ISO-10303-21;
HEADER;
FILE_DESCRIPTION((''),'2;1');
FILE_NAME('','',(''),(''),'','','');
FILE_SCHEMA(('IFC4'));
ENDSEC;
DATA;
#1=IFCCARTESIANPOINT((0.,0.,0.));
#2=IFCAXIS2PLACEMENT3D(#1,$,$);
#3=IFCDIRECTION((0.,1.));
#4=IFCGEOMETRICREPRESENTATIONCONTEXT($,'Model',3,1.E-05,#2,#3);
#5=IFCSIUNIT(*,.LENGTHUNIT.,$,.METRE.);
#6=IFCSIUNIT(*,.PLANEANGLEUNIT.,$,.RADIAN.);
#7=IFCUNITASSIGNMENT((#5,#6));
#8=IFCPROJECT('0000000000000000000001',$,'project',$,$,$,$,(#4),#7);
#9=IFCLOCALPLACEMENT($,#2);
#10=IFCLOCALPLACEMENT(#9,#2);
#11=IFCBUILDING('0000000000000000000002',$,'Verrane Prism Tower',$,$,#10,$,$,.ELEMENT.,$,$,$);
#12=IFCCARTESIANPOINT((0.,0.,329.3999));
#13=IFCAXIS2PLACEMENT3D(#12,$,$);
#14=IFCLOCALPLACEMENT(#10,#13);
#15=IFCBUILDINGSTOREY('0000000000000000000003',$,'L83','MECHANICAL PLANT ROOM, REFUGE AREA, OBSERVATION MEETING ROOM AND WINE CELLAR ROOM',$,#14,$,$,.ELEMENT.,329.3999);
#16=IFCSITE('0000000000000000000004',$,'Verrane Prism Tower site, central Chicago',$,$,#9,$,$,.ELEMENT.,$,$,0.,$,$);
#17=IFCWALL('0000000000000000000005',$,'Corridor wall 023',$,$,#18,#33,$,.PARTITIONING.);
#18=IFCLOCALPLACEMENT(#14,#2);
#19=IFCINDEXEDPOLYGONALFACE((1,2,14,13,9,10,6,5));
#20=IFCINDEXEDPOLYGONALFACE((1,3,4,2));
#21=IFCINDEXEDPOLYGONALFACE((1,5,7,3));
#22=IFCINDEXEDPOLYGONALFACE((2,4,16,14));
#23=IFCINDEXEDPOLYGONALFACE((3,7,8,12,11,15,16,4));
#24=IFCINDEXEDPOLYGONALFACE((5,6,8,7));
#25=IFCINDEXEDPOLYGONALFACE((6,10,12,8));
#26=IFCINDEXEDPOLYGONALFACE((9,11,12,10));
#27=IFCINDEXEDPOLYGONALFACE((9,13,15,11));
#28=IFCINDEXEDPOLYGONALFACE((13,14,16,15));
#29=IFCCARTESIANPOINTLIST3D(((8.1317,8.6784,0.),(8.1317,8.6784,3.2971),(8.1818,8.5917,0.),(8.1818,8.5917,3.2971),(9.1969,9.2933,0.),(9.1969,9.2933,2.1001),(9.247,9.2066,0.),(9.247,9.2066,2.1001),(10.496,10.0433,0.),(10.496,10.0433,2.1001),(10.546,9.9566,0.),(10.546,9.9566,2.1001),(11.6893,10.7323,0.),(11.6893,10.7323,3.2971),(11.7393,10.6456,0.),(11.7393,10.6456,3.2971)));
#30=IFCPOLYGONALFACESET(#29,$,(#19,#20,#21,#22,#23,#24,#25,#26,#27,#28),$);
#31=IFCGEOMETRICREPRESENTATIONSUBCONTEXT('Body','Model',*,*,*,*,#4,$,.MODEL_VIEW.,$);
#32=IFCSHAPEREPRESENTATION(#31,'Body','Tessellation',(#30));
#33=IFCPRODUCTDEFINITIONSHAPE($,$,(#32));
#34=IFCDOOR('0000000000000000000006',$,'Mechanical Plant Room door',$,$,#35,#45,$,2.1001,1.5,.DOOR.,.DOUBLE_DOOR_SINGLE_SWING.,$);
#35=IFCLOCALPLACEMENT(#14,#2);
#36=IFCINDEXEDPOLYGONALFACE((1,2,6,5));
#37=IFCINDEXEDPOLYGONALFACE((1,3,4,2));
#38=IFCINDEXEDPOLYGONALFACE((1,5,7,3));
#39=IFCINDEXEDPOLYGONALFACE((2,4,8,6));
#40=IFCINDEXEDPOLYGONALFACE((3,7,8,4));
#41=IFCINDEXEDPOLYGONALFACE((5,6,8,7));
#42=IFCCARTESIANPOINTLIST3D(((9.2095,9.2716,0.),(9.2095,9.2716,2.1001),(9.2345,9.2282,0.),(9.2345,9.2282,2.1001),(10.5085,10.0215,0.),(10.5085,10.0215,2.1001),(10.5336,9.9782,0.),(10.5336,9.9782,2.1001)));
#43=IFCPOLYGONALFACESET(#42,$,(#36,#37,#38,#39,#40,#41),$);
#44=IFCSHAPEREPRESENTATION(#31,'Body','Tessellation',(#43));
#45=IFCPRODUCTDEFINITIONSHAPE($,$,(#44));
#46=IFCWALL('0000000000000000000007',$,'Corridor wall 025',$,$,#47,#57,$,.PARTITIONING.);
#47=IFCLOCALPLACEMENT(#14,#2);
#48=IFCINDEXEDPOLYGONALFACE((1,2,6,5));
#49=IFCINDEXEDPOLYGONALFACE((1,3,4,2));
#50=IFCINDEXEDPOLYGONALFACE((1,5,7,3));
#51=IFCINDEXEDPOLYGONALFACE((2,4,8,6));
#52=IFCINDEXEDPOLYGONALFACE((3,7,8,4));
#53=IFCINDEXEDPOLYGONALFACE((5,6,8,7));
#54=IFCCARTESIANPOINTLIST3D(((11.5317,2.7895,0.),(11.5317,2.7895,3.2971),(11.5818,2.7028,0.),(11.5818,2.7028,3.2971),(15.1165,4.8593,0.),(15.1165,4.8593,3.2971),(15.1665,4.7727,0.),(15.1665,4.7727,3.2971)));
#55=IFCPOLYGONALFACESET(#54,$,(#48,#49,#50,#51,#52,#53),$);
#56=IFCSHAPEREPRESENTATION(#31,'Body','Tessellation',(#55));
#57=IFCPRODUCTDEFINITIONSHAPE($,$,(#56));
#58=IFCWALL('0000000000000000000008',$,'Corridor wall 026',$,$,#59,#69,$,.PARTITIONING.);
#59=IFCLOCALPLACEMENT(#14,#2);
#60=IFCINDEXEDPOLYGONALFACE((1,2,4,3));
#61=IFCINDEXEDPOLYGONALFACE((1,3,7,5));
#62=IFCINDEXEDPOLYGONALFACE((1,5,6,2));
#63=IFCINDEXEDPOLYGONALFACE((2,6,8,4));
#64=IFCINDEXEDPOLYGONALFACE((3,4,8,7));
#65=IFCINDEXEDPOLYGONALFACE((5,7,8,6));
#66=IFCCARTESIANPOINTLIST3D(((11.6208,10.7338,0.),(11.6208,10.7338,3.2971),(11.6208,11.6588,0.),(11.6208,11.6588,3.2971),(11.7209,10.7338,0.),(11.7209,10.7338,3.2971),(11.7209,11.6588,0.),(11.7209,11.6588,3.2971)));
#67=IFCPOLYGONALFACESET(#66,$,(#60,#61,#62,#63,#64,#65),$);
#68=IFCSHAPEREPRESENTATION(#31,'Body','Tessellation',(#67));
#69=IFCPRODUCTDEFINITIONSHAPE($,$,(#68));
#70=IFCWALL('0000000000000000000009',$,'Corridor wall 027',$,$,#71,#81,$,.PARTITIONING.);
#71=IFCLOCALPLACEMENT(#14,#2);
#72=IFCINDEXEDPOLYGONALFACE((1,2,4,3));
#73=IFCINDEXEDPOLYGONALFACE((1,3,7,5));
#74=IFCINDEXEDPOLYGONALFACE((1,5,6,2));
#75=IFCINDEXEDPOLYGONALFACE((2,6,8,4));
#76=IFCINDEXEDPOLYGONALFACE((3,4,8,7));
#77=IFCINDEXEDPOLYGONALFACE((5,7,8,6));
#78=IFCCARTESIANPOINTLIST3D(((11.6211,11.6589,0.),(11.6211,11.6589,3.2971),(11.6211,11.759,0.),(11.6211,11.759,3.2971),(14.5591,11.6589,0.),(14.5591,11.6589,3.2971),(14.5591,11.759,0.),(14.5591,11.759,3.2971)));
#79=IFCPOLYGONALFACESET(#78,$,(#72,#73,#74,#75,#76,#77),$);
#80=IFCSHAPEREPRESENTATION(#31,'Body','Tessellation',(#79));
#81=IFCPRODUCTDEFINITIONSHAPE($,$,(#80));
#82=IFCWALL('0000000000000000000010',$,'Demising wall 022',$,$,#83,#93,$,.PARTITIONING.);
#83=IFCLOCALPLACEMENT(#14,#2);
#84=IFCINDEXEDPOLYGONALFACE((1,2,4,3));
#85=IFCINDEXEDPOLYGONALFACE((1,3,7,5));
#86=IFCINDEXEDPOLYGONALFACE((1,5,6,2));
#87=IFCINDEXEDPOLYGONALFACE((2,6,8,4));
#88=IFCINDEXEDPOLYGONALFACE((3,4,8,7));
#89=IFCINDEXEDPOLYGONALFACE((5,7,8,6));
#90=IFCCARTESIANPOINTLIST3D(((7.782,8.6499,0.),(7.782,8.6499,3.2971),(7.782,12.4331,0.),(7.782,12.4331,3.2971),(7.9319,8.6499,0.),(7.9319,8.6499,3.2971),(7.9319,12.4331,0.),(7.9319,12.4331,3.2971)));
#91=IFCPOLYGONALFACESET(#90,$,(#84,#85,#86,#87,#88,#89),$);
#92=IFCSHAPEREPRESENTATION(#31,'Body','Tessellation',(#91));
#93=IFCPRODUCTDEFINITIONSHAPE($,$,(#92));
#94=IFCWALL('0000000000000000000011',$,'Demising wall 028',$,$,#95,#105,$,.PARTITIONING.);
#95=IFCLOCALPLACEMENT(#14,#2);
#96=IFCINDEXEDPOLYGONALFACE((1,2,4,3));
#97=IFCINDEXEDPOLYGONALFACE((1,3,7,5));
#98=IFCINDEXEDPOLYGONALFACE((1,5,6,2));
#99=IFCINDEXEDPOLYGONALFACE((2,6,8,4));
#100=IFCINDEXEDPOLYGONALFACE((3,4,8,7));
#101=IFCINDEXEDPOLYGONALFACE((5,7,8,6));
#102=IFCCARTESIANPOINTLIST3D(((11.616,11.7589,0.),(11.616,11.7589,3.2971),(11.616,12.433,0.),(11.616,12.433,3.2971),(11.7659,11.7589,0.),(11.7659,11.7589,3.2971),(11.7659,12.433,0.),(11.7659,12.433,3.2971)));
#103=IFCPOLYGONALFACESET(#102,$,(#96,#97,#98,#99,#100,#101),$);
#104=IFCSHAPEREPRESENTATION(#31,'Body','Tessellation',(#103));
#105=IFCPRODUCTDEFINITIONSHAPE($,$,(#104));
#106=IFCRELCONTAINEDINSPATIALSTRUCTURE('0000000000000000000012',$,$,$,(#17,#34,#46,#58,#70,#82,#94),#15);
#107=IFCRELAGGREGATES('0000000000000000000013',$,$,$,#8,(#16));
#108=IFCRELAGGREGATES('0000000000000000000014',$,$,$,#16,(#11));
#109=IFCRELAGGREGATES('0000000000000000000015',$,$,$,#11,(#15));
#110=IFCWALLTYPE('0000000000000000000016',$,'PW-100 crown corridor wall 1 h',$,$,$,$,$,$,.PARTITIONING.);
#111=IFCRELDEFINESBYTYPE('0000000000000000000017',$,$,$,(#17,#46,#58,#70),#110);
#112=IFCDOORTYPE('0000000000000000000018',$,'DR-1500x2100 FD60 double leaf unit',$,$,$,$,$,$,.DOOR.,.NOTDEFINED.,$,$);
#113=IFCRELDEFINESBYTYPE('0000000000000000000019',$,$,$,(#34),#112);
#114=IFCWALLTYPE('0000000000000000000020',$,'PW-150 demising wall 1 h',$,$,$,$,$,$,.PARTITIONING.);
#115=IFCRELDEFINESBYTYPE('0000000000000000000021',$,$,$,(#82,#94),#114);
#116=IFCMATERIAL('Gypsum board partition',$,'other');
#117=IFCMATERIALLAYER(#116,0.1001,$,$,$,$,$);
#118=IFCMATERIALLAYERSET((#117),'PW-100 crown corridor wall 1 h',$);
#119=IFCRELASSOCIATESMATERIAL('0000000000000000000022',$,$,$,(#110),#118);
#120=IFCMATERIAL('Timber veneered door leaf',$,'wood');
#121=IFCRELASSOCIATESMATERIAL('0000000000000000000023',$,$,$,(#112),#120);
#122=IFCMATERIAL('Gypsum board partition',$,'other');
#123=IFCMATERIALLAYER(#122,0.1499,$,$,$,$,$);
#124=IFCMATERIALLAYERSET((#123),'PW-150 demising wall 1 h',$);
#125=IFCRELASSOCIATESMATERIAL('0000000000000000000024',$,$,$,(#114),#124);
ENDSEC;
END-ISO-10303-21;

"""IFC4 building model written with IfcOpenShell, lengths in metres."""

from ifc_helpers import new_model, si_unit, direction, frame, frame_2d, origin, place, context, subcontext, project, spatial, rectangle, extrude, material, layer, layer_set, type_object, element, fill, save


model = new_model("IFC4")

# Units and contexts
model_context = context("Model", 3, precision=1e-05, world=origin(), true_north=direction((0.0, 1.0)))
body_context = subcontext(model_context, "Body", "Model", "MODEL_VIEW")
ifc_project = project(units=[si_unit("LENGTHUNIT", "METRE"), si_unit("PLANEANGLEUNIT", "RADIAN")], contexts=[model_context])

# Site, building, storey
site_placement = place(None, origin())
site = spatial("IfcSite", under=ifc_project, at=site_placement, Name="Verrane Prism Tower site, central Chicago", CompositionType="ELEMENT", RefElevation=0.0)
building_placement = place(site_placement, origin())
building = spatial("IfcBuilding", under=site, at=building_placement, Name="Verrane Prism Tower", CompositionType="ELEMENT")
storey_placement = place(building_placement, frame((0.0, 0.0, 329.3999)))
storey = spatial("IfcBuildingStorey", under=building, at=storey_placement, Name="L83", Description="MECHANICAL PLANT ROOM, REFUGE AREA, OBSERVATION MEETING ROOM AND WINE CELLAR ROOM", CompositionType="ELEMENT", Elevation=329.3999)

# Shared definitions
ifc_material_1 = material(Name="Gypsum board partition", Category="other")
ifc_layer_1 = layer(ifc_material_1, 0.1001)
ifc_layer_set_1 = layer_set([ifc_layer_1], Name="PW-100 crown corridor wall 1 h")
wall_type_1 = type_object("IfcWallType", Name="PW-100 crown corridor wall 1 h", PredefinedType="PARTITIONING", material=ifc_layer_set_1)
ifc_material_2 = material(Name="Timber veneered door leaf", Category="wood")
door_type_1 = type_object("IfcDoorType", Name="DR-1500x2100 FD60 double leaf unit", OperationType="NOTDEFINED", PredefinedType="DOOR", material=ifc_material_2)

# Wall, opening, door
wall_1_placement = place(storey_placement, frame((8.1567, 8.635, 0.0), z_axis=(0.0, 0.0, 1.0), x_axis=(0.866029, 0.499993, 0.0)))
wall_1 = element("IfcWall", 1, at=wall_1_placement, inside=storey, type_object=wall_type_1, Name="Corridor wall 023", PredefinedType="PARTITIONING", context=body_context, shape_type="SweptSolid", body=[
    extrude(rectangle(XDim=4.1079, YDim=0.1001, at=frame_2d((2.054, 0.0))), origin(), (0.0, 0.0, 1.0), 3.2971),
])
opening_1_placement = place(wall_1_placement, frame((1.23, 0.0, 0.0)))
opening_1 = element("IfcOpeningElement", 2, at=opening_1_placement, cuts=wall_1, PredefinedType="OPENING", context=body_context, shape_type="SweptSolid", body=[
    extrude(rectangle(XDim=1.5, YDim=2.1001, at=frame_2d((0.75, 1.05))), frame((0.0, 0.0601, 0.0), z_axis=(0.0, -1.0, 0.0), x_axis=(1.0, 0.0, 0.0)), (0.0, 0.0, 1.0), 0.1201),
])
door_1_placement = place(opening_1_placement, origin())
door_1 = element("IfcDoor", 3, at=door_1_placement, inside=storey, type_object=door_type_1, Name="Mechanical Plant Room door", OperationType="DOUBLE_DOOR_SINGLE_SWING", OverallHeight=2.1001, OverallWidth=1.5, PredefinedType="DOOR", context=body_context, shape_type="SweptSolid", body=[
    extrude(rectangle(XDim=1.5, YDim=2.1001, at=frame_2d((0.75, 1.05))), frame((0.0, 0.0249, 0.0), z_axis=(0.0, -1.0, 0.0), x_axis=(1.0, 0.0, 0.0)), (0.0, 0.0, 1.0), 0.05),
])
fill(opening_1, door_1)

# Walls
wall_2_placement = place(storey_placement, frame((11.5566, 2.7461, 0.0), z_axis=(0.0, 0.0, 1.0), x_axis=(0.866006, 0.500034, 0.0)))
element("IfcWall", 4, at=wall_2_placement, inside=storey, type_object=wall_type_1, Name="Corridor wall 025", PredefinedType="PARTITIONING", context=body_context, shape_type="SweptSolid", body=[
    extrude(rectangle(XDim=4.1394, YDim=0.1001, at=frame_2d((2.0698, 0.0))), origin(), (0.0, 0.0, 1.0), 3.2971),
])
wall_3_placement = place(storey_placement, frame((11.6709, 10.7339, 0.0), z_axis=(0.0, 0.0, 1.0), x_axis=(0.0, 1.0, 0.0)))
element("IfcWall", 5, at=wall_3_placement, inside=storey, type_object=wall_type_1, Name="Corridor wall 026", PredefinedType="PARTITIONING", context=body_context, shape_type="SweptSolid", body=[
    extrude(rectangle(XDim=0.925, YDim=0.1001, at=frame_2d((0.4624, 0.0))), origin(), (0.0, 0.0, 1.0), 3.2971),
])
wall_4_placement = place(storey_placement, frame((11.6211, 11.709, 0.0), z_axis=(0.0, 0.0, 1.0), x_axis=(1.0, 0.0, 0.0)))
element("IfcWall", 6, at=wall_4_placement, inside=storey, type_object=wall_type_1, Name="Corridor wall 027", PredefinedType="PARTITIONING", context=body_context, shape_type="SweptSolid", body=[
    extrude(rectangle(XDim=2.938, YDim=0.1001, at=frame_2d((1.469, 0.0))), origin(), (0.0, 0.0, 1.0), 3.2971),
])
ifc_material_3 = material(Name="Gypsum board partition", Category="other")
ifc_layer_2 = layer(ifc_material_3, 0.1499)
ifc_layer_set_2 = layer_set([ifc_layer_2], Name="PW-150 demising wall 1 h")
wall_type_2 = type_object("IfcWallType", Name="PW-150 demising wall 1 h", PredefinedType="PARTITIONING", material=ifc_layer_set_2)
wall_5_placement = place(storey_placement, frame((7.8569, 8.6499, 0.0), z_axis=(0.0, 0.0, 1.0), x_axis=(0.0, 1.0, 0.0)))
element("IfcWall", 7, at=wall_5_placement, inside=storey, type_object=wall_type_2, Name="Demising wall 022", PredefinedType="PARTITIONING", context=body_context, shape_type="SweptSolid", body=[
    extrude(rectangle(XDim=3.7832, YDim=0.1499, at=frame_2d((1.8916, 0.0))), origin(), (0.0, 0.0, 1.0), 3.2971),
])
wall_6_placement = place(storey_placement, frame((11.6909, 11.759, 0.0), z_axis=(0.0, 0.0, 1.0), x_axis=(0.0, 1.0, 0.0)))
element("IfcWall", 8, at=wall_6_placement, inside=storey, type_object=wall_type_2, Name="Demising wall 028", PredefinedType="PARTITIONING", context=body_context, shape_type="SweptSolid", body=[
    extrude(rectangle(XDim=0.6741, YDim=0.1499, at=frame_2d((0.3369, 0.0))), origin(), (0.0, 0.0, 1.0), 3.2971),
])

save(model, "model.ifc")
